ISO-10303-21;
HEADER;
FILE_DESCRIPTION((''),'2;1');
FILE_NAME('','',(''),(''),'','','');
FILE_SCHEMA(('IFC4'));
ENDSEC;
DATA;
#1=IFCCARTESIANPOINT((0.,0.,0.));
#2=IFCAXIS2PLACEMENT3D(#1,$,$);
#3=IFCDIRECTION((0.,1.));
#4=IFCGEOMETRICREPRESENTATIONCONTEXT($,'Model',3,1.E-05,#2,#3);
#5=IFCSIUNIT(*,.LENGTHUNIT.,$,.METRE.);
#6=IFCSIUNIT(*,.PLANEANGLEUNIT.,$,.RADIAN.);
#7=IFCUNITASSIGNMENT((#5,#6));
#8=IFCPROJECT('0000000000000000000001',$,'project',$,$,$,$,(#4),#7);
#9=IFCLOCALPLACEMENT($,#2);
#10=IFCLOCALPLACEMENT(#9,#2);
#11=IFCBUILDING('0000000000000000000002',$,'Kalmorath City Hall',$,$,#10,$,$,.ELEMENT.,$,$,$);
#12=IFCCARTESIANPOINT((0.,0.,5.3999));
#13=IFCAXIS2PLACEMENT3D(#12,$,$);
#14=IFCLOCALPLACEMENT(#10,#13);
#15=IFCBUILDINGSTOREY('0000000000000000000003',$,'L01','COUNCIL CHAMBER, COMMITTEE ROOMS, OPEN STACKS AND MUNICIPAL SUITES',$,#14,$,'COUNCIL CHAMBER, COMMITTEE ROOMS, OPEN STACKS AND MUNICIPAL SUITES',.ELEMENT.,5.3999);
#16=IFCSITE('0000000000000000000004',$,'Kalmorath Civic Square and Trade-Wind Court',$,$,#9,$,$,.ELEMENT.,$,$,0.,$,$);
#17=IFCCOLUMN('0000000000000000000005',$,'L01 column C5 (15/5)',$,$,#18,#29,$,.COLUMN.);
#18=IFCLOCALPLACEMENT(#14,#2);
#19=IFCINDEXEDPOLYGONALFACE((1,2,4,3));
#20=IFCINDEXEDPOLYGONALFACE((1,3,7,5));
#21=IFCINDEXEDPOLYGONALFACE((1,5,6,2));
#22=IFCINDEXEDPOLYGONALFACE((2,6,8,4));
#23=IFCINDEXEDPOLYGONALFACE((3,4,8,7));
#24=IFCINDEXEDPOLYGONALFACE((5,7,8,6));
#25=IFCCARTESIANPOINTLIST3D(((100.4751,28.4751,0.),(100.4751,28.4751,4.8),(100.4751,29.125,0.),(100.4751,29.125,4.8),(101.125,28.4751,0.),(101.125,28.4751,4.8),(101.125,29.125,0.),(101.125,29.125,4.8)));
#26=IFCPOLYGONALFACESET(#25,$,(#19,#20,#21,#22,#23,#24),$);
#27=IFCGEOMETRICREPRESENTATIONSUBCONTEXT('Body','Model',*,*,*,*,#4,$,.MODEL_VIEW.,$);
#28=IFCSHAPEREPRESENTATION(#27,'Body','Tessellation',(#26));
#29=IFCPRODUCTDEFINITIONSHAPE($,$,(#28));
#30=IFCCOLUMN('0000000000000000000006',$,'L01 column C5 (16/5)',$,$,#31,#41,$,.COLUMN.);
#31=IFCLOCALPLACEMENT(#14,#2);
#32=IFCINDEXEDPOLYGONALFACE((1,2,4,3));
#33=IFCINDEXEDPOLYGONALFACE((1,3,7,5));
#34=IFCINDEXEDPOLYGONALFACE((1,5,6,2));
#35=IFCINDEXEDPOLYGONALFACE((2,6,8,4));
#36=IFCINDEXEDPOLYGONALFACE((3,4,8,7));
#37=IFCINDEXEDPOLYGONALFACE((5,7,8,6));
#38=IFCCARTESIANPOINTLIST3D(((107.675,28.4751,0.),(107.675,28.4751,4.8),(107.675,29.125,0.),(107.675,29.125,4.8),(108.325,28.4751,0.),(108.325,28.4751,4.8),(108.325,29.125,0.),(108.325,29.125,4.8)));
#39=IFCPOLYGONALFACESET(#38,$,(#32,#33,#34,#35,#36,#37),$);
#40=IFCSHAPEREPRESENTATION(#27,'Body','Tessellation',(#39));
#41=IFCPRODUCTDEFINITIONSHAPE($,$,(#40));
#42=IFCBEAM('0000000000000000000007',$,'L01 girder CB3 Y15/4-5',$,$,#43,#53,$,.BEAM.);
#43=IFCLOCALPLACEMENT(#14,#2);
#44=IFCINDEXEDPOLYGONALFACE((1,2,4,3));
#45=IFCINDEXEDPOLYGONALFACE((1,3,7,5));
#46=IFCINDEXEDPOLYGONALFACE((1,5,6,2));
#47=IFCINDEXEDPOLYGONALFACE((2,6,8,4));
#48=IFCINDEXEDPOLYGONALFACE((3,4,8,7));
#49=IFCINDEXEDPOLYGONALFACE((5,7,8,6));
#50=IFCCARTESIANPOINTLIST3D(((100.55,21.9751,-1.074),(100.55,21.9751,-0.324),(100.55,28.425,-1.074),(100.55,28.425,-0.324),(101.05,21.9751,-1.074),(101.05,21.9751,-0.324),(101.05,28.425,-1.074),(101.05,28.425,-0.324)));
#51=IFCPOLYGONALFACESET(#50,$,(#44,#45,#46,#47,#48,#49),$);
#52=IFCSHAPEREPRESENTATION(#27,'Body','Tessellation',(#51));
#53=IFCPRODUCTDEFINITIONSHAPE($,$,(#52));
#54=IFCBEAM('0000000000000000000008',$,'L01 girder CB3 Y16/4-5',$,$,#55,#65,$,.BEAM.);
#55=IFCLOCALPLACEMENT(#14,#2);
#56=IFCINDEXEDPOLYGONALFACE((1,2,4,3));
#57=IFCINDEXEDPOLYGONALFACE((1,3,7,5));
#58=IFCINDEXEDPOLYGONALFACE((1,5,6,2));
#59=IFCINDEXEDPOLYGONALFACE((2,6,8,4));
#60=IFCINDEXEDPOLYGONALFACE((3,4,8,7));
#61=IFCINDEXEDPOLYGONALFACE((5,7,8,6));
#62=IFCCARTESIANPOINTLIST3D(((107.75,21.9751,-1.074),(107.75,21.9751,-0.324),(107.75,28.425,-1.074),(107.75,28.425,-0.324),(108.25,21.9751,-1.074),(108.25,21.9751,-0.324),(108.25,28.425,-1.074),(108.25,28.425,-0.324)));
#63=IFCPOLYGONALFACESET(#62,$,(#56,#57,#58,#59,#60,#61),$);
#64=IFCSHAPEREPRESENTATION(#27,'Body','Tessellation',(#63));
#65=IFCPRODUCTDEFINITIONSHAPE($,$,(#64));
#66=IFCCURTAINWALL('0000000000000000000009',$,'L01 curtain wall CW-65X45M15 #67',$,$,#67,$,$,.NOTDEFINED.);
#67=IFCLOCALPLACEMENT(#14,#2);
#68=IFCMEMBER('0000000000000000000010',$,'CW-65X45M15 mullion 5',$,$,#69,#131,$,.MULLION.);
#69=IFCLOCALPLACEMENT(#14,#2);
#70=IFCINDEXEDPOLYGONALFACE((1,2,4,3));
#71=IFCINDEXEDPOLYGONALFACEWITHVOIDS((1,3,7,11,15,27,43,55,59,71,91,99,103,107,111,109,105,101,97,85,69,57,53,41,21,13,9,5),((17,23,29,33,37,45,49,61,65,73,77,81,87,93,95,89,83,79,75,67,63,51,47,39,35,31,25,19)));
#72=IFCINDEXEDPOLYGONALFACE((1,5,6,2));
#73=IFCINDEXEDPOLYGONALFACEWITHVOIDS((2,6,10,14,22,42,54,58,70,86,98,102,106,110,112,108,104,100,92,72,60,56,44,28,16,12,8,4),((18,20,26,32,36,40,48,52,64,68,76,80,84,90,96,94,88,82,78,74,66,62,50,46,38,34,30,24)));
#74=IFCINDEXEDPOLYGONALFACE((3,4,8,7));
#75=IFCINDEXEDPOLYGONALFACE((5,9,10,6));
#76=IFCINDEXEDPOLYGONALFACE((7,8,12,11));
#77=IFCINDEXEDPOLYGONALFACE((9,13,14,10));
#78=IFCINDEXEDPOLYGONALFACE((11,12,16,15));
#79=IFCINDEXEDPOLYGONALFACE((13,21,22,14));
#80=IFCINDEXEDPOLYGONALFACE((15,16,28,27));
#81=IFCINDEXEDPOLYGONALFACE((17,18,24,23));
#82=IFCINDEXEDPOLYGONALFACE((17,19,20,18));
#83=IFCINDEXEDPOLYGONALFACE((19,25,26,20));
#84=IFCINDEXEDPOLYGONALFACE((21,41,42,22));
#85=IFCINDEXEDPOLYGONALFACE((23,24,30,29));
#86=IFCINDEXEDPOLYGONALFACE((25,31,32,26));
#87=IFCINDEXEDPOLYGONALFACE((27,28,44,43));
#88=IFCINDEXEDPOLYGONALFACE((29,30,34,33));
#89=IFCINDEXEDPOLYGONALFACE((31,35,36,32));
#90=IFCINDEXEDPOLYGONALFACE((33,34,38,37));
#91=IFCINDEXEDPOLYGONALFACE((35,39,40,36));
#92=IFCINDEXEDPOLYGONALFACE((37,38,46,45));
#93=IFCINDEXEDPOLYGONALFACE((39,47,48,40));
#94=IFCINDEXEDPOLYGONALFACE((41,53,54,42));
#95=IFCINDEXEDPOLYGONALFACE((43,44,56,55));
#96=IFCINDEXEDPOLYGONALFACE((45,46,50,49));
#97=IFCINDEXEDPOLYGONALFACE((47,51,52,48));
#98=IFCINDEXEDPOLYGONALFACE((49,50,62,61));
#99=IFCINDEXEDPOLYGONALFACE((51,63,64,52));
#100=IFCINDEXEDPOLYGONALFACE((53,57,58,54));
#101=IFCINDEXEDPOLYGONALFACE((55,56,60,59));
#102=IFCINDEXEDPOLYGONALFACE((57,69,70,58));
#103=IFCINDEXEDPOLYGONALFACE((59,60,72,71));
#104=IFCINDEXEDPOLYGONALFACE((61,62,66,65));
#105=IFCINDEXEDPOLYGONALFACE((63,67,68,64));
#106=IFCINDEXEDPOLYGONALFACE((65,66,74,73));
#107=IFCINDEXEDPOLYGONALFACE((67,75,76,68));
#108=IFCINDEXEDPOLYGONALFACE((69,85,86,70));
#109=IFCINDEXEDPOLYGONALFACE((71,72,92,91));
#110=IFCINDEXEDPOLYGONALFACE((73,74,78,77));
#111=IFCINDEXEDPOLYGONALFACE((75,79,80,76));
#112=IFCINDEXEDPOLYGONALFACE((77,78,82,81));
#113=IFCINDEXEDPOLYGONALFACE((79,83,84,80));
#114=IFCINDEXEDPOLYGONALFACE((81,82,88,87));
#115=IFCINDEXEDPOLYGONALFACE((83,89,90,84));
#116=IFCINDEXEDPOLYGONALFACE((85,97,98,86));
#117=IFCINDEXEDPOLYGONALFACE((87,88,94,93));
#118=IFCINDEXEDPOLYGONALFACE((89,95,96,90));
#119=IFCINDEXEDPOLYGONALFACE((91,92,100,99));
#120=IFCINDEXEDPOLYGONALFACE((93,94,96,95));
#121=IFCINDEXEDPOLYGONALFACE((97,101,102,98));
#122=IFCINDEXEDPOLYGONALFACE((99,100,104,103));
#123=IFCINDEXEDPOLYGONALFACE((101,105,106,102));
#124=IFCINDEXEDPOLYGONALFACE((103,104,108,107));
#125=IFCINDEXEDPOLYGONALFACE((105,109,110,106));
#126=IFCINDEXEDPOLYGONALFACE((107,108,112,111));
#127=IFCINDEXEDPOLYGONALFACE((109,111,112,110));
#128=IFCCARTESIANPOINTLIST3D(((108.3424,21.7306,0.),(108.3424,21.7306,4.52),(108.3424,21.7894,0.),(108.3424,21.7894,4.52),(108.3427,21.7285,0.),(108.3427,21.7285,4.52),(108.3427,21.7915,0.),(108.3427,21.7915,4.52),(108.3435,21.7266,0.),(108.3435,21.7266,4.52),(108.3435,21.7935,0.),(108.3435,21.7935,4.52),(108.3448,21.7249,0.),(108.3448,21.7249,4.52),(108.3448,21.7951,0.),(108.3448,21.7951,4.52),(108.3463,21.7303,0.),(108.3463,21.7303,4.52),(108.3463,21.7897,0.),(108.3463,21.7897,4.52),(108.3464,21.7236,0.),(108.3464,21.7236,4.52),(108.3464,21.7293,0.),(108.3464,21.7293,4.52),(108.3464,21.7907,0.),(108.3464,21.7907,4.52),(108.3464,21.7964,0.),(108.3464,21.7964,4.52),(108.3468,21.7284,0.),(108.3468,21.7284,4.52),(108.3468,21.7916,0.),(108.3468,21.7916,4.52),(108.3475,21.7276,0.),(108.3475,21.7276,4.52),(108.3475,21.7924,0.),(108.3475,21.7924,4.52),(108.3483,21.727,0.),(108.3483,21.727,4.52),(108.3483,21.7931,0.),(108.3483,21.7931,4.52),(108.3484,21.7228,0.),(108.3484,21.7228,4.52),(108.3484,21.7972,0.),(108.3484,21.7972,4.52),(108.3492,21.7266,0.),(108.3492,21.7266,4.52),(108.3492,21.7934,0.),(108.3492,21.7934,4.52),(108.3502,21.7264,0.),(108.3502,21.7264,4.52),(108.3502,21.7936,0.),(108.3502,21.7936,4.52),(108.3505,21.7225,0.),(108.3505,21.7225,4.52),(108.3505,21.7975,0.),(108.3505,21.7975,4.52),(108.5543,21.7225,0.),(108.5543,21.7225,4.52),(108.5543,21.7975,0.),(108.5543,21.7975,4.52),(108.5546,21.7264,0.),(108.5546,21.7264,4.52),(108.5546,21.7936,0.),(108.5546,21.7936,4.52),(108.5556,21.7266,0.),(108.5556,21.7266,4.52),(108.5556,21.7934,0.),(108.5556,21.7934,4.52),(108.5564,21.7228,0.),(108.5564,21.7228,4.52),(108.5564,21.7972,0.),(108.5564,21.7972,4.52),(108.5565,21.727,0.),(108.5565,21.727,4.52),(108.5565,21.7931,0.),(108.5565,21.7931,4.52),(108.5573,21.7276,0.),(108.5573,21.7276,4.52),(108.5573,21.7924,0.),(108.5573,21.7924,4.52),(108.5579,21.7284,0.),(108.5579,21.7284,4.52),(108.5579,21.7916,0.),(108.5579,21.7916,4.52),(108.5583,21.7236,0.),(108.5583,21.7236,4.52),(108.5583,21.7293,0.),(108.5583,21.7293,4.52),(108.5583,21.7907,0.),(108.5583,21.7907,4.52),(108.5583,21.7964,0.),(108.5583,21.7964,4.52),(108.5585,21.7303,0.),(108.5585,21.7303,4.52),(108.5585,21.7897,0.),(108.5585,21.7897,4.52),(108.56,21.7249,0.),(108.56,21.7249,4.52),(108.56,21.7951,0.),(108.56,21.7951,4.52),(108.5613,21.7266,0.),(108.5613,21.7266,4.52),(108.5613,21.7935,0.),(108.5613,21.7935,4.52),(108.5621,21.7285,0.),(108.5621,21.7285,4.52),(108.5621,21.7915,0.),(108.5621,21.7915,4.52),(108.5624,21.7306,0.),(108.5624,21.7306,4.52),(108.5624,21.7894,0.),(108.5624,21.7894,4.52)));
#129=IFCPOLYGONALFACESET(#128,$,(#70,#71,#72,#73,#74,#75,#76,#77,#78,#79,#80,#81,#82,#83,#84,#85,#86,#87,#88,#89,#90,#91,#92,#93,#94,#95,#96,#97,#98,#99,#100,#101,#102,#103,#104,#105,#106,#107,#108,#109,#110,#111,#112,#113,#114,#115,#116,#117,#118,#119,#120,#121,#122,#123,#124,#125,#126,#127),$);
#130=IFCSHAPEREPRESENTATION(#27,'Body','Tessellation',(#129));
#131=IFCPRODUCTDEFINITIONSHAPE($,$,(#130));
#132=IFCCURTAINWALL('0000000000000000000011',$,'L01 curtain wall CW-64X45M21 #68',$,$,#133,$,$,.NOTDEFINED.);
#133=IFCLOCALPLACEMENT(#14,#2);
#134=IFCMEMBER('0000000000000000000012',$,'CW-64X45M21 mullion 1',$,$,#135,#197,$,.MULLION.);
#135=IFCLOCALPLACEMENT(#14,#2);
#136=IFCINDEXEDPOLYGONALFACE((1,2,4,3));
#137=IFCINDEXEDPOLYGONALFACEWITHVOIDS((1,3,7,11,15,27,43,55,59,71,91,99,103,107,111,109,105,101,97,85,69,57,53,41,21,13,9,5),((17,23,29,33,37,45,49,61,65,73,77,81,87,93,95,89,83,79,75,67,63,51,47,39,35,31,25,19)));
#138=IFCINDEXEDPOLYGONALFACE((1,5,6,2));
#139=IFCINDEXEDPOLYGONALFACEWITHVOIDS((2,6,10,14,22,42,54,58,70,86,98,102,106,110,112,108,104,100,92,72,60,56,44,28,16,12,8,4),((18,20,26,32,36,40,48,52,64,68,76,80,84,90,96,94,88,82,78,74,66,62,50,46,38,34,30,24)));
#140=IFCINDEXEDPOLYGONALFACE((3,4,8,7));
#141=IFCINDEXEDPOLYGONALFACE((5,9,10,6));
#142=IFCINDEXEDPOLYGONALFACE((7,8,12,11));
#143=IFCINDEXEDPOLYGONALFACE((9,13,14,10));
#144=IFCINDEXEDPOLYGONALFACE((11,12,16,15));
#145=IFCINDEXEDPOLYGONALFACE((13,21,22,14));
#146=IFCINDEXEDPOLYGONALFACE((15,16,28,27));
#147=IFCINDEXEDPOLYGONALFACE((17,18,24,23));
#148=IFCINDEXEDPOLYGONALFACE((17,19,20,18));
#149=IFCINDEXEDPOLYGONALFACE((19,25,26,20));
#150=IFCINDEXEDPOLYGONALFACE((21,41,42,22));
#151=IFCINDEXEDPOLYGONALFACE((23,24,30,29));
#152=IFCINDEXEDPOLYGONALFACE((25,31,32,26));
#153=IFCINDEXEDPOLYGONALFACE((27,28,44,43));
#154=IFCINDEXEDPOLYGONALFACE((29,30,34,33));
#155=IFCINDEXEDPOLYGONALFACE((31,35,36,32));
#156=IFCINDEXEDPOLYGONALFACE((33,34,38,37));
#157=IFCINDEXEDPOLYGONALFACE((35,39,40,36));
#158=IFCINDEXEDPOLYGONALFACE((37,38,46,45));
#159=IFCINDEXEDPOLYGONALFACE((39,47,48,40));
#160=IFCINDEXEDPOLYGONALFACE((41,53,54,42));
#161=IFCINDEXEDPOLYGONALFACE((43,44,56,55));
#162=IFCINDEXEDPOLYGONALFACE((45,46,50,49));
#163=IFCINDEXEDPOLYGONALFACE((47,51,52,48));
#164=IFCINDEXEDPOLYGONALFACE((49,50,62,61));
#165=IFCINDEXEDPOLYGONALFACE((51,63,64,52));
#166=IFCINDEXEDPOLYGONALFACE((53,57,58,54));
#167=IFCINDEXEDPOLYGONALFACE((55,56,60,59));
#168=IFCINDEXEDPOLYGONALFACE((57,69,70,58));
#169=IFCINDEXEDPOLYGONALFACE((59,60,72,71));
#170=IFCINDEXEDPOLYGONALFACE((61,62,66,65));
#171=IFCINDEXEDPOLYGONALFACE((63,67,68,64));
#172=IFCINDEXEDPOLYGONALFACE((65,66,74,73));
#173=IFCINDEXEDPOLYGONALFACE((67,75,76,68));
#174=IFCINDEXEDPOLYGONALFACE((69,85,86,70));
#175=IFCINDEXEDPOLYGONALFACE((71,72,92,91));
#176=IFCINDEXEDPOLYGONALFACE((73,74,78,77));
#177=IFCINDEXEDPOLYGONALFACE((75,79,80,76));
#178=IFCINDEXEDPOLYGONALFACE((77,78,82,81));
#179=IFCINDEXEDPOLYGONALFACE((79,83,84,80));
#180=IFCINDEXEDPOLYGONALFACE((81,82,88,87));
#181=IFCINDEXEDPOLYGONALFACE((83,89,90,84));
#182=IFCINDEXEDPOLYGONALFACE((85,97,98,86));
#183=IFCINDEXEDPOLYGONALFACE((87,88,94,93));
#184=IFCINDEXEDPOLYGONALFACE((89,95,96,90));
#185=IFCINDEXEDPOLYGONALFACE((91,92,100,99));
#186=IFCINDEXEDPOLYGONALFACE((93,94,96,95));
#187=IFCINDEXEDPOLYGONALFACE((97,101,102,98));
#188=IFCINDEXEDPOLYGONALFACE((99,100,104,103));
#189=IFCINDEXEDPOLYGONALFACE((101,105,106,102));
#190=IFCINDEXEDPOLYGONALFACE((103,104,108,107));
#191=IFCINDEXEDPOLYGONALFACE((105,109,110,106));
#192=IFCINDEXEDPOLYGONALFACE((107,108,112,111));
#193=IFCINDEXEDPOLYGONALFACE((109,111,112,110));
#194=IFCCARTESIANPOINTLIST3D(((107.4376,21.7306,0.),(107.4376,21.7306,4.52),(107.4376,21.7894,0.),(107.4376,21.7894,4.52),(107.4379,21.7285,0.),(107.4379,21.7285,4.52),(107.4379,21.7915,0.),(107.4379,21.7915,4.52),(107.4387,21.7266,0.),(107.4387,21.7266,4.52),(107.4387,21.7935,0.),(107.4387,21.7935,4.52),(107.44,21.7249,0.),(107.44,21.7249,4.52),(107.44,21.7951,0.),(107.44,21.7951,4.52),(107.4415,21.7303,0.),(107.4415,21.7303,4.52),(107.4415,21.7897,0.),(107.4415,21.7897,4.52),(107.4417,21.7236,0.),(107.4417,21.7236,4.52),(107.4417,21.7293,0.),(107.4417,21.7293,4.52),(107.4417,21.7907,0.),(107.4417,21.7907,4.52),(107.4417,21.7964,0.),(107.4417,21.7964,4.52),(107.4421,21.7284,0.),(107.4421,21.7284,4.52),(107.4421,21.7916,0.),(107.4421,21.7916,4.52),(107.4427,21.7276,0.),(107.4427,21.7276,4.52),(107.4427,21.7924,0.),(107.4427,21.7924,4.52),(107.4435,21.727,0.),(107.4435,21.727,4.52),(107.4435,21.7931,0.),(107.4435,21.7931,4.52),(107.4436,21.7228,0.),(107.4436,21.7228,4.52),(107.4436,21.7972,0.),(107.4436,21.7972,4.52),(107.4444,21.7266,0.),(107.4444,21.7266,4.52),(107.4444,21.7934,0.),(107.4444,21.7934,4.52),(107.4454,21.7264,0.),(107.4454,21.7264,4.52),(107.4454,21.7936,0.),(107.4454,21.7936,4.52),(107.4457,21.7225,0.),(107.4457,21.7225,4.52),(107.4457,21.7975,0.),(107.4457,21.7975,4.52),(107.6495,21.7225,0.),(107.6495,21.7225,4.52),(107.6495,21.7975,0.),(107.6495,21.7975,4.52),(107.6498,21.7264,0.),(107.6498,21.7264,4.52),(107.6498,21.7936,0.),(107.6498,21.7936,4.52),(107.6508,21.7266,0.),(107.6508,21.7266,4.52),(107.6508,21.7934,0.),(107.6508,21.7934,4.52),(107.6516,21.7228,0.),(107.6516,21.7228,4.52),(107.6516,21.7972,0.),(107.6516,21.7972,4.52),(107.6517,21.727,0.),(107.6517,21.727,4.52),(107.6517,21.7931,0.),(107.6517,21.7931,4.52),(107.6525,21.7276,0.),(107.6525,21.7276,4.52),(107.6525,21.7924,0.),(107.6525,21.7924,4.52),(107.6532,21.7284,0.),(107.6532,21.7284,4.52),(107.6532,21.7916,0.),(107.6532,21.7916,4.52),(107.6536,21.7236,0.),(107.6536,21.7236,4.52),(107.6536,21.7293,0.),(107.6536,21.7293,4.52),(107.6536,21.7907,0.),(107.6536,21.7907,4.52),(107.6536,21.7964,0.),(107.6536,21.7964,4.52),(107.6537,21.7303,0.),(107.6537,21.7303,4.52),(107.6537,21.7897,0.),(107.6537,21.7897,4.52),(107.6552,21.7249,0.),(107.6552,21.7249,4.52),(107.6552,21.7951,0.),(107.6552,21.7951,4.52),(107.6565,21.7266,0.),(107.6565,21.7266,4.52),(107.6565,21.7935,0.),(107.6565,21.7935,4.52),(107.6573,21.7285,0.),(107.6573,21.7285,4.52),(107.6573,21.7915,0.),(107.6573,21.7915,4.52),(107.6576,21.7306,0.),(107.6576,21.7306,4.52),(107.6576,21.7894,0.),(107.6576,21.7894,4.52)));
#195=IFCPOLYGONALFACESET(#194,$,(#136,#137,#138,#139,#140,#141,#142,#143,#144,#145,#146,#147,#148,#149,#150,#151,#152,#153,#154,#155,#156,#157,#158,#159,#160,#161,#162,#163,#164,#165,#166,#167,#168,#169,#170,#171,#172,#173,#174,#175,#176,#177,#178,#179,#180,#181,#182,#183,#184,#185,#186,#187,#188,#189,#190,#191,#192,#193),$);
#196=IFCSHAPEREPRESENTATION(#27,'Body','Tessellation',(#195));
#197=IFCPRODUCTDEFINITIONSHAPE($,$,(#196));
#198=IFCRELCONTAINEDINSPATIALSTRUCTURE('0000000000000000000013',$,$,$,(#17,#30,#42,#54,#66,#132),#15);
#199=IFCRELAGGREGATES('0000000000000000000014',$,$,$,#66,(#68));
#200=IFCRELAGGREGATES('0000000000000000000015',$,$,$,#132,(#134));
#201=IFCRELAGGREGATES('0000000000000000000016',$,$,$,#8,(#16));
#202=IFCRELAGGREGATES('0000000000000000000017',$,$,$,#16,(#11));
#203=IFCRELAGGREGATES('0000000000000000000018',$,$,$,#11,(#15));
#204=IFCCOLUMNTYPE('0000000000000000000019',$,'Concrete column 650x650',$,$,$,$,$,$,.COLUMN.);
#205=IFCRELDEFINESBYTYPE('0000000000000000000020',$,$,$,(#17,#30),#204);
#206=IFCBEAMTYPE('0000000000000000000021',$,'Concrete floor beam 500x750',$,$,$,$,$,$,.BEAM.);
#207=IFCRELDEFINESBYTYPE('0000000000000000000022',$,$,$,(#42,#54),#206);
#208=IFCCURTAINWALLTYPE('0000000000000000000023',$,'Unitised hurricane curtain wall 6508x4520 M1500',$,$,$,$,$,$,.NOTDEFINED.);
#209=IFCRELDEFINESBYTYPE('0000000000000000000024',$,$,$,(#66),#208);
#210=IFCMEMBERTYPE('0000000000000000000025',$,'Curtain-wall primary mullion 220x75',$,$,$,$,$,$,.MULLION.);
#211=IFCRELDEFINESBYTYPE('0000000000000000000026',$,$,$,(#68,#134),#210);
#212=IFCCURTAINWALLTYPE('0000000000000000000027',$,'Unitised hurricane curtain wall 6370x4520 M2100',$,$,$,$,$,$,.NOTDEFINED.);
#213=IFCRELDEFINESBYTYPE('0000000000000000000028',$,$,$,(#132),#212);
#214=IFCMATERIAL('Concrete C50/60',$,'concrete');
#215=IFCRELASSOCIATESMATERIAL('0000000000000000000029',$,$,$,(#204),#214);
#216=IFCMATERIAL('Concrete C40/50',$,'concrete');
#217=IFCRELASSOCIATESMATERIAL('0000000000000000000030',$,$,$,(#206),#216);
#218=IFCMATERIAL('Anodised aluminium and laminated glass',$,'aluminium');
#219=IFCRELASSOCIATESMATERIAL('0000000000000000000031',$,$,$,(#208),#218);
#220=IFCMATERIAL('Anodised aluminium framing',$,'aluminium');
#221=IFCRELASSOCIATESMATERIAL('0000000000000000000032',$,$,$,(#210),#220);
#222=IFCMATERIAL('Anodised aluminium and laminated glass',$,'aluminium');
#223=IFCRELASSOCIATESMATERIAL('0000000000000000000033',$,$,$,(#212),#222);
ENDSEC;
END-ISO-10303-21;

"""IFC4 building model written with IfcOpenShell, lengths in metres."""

from ifc_helpers import new_model, si_unit, direction, frame, origin, origin_2d, place, context, subcontext, project, spatial, rectangle, hollow_rectangle, extrude, material, material_profile, profile_set, type_object, element, aggregate, save


model = new_model("IFC4")

# Units and contexts
model_context = context("Model", 3, precision=1e-05, world=origin(), true_north=direction((0.0, 1.0)))
body_context = subcontext(model_context, "Body", "Model", "MODEL_VIEW")
ifc_project = project(units=[si_unit("LENGTHUNIT", "METRE"), si_unit("PLANEANGLEUNIT", "RADIAN")], contexts=[model_context])

# Site, building, storey
site_placement = place(None, origin())
site = spatial("IfcSite", under=ifc_project, at=site_placement, Name="Kalmorath Civic Square and Trade-Wind Court", CompositionType="ELEMENT", RefElevation=0.0)
building_placement = place(site_placement, origin())
building = spatial("IfcBuilding", under=site, at=building_placement, Name="Kalmorath City Hall", CompositionType="ELEMENT")
storey_placement = place(building_placement, frame((0.0, 0.0, 5.3999)))
storey = spatial("IfcBuildingStorey", under=building, at=storey_placement, Name="L01", Description="COUNCIL CHAMBER, COMMITTEE ROOMS, OPEN STACKS AND MUNICIPAL SUITES", LongName="COUNCIL CHAMBER, COMMITTEE ROOMS, OPEN STACKS AND MUNICIPAL SUITES", CompositionType="ELEMENT", Elevation=5.3999)

# Columns
ifc_material_1 = material(Name="Concrete C50/60", Category="concrete")
ifc_material_profile_1 = material_profile(ifc_material_1, rectangle(XDim=0.6499, YDim=0.6499, at=origin_2d()), Name="RC-COL-650X650")
ifc_profile_set_1 = profile_set([ifc_material_profile_1], Name="Concrete C50/60")
column_type = type_object("IfcColumnType", Name="Concrete column 650x650", PredefinedType="COLUMN", material=ifc_profile_set_1)
for number, where, z_axis, x_axis, name in (
    (1, (100.8, 28.8, 0.0), (0.0, 0.0, 1.0), (1.0, 0.0, 0.0), "L01 column C5 (15/5)"),
    (2, (108.0, 28.8, 0.0), (0.0, 0.0, 1.0), (1.0, 0.0, 0.0), "L01 column C5 (16/5)"),
):
    element("IfcColumn", number, at=place(storey_placement, frame(where, z_axis=z_axis, x_axis=x_axis)), inside=storey, type_object=column_type, Name=name, PredefinedType="COLUMN", context=body_context, shape_type="SweptSolid", body=[
        extrude(rectangle(XDim=0.6499, YDim=0.6499, at=origin_2d()), origin(), (0.0, 0.0, 1.0), 4.8),
    ])

# Beams
ifc_material_2 = material(Name="Concrete C40/50", Category="concrete")
ifc_material_profile_2 = material_profile(ifc_material_2, rectangle(XDim=0.5, YDim=0.75, at=origin_2d()), Name="RC-BM-500X750")
ifc_profile_set_2 = profile_set([ifc_material_profile_2], Name="Concrete C40/50")
beam_type_1 = type_object("IfcBeamType", Name="Concrete floor beam 500x750", PredefinedType="BEAM", material=ifc_profile_set_2)
for number, where, z_axis, x_axis, name in (
    (3, (100.8, 21.9751, -0.699), (0.0, 1.0, 0.0), (-1.0, 0.0, 0.0), "L01 girder CB3 Y15/4-5"),
    (4, (108.0, 21.9751, -0.699), (0.0, 1.0, 0.0), (-1.0, 0.0, 0.0), "L01 girder CB3 Y16/4-5"),
):
    element("IfcBeam", number, at=place(storey_placement, frame(where, z_axis=z_axis, x_axis=x_axis)), inside=storey, type_object=beam_type_1, Name=name, PredefinedType="BEAM", context=body_context, shape_type="SweptSolid", body=[
        extrude(rectangle(XDim=0.5, YDim=0.75, at=origin_2d()), origin(), (0.0, 0.0, 1.0), 6.45),
    ])

# Curtain wall, member
ifc_material_3 = material(Name="Anodised aluminium and laminated glass", Category="aluminium")
curtain_wall_type_1 = type_object("IfcCurtainWallType", Name="Unitised hurricane curtain wall 6508x4520 M1500", PredefinedType="NOTDEFINED", material=ifc_material_3)
curtain_wall_1_placement = place(storey_placement, origin())
curtain_wall_1 = element("IfcCurtainWall", 5, at=curtain_wall_1_placement, inside=storey, type_object=curtain_wall_type_1, Name="L01 curtain wall CW-65X45M15 #67", PredefinedType="NOTDEFINED")
ifc_material_4 = material(Name="Anodised aluminium framing", Category="aluminium")
ifc_material_profile_3 = material_profile(ifc_material_4, hollow_rectangle(XDim=0.075, YDim=0.22, WallThickness=0.0039, InnerFilletRadius=0.0039, OuterFilletRadius=0.0081, at=origin_2d()), Name="ALU-MUL-220X75X4")
ifc_profile_set_3 = profile_set([ifc_material_profile_3], Name="Anodised aluminium framing")
member_type_1 = type_object("IfcMemberType", Name="Curtain-wall primary mullion 220x75", PredefinedType="MULLION", material=ifc_profile_set_3)
member_1_placement = place(storey_placement, frame((108.4524, 21.76, 0.0), z_axis=(0.0, 0.0, 1.0), x_axis=(0.0, -1.0, 0.0)))
member_1 = element("IfcMember", 6, at=member_1_placement, type_object=member_type_1, Name="CW-65X45M15 mullion 5", PredefinedType="MULLION", context=body_context, shape_type="SweptSolid", body=[
    extrude(hollow_rectangle(XDim=0.075, YDim=0.22, WallThickness=0.0039, InnerFilletRadius=0.0039, OuterFilletRadius=0.0081, at=origin_2d()), origin(), (0.0, 0.0, 1.0), 4.52),
])

# Curtain wall, member
ifc_material_5 = material(Name="Anodised aluminium and laminated glass", Category="aluminium")
curtain_wall_type_2 = type_object("IfcCurtainWallType", Name="Unitised hurricane curtain wall 6370x4520 M2100", PredefinedType="NOTDEFINED", material=ifc_material_5)
curtain_wall_2_placement = place(storey_placement, origin())
curtain_wall_2 = element("IfcCurtainWall", 7, at=curtain_wall_2_placement, inside=storey, type_object=curtain_wall_type_2, Name="L01 curtain wall CW-64X45M21 #68", PredefinedType="NOTDEFINED")
member_2_placement = place(storey_placement, frame((107.5476, 21.76, 0.0), z_axis=(0.0, 0.0, 1.0), x_axis=(0.0, -1.0, 0.0)))
member_2 = element("IfcMember", 8, at=member_2_placement, type_object=member_type_1, Name="CW-64X45M21 mullion 1", PredefinedType="MULLION", context=body_context, shape_type="SweptSolid", body=[
    extrude(hollow_rectangle(XDim=0.075, YDim=0.22, WallThickness=0.0039, InnerFilletRadius=0.0039, OuterFilletRadius=0.0081, at=origin_2d()), origin(), (0.0, 0.0, 1.0), 4.52),
])

aggregate(curtain_wall_1, [member_1])
aggregate(curtain_wall_2, [member_2])

save(model, "model.ifc")
